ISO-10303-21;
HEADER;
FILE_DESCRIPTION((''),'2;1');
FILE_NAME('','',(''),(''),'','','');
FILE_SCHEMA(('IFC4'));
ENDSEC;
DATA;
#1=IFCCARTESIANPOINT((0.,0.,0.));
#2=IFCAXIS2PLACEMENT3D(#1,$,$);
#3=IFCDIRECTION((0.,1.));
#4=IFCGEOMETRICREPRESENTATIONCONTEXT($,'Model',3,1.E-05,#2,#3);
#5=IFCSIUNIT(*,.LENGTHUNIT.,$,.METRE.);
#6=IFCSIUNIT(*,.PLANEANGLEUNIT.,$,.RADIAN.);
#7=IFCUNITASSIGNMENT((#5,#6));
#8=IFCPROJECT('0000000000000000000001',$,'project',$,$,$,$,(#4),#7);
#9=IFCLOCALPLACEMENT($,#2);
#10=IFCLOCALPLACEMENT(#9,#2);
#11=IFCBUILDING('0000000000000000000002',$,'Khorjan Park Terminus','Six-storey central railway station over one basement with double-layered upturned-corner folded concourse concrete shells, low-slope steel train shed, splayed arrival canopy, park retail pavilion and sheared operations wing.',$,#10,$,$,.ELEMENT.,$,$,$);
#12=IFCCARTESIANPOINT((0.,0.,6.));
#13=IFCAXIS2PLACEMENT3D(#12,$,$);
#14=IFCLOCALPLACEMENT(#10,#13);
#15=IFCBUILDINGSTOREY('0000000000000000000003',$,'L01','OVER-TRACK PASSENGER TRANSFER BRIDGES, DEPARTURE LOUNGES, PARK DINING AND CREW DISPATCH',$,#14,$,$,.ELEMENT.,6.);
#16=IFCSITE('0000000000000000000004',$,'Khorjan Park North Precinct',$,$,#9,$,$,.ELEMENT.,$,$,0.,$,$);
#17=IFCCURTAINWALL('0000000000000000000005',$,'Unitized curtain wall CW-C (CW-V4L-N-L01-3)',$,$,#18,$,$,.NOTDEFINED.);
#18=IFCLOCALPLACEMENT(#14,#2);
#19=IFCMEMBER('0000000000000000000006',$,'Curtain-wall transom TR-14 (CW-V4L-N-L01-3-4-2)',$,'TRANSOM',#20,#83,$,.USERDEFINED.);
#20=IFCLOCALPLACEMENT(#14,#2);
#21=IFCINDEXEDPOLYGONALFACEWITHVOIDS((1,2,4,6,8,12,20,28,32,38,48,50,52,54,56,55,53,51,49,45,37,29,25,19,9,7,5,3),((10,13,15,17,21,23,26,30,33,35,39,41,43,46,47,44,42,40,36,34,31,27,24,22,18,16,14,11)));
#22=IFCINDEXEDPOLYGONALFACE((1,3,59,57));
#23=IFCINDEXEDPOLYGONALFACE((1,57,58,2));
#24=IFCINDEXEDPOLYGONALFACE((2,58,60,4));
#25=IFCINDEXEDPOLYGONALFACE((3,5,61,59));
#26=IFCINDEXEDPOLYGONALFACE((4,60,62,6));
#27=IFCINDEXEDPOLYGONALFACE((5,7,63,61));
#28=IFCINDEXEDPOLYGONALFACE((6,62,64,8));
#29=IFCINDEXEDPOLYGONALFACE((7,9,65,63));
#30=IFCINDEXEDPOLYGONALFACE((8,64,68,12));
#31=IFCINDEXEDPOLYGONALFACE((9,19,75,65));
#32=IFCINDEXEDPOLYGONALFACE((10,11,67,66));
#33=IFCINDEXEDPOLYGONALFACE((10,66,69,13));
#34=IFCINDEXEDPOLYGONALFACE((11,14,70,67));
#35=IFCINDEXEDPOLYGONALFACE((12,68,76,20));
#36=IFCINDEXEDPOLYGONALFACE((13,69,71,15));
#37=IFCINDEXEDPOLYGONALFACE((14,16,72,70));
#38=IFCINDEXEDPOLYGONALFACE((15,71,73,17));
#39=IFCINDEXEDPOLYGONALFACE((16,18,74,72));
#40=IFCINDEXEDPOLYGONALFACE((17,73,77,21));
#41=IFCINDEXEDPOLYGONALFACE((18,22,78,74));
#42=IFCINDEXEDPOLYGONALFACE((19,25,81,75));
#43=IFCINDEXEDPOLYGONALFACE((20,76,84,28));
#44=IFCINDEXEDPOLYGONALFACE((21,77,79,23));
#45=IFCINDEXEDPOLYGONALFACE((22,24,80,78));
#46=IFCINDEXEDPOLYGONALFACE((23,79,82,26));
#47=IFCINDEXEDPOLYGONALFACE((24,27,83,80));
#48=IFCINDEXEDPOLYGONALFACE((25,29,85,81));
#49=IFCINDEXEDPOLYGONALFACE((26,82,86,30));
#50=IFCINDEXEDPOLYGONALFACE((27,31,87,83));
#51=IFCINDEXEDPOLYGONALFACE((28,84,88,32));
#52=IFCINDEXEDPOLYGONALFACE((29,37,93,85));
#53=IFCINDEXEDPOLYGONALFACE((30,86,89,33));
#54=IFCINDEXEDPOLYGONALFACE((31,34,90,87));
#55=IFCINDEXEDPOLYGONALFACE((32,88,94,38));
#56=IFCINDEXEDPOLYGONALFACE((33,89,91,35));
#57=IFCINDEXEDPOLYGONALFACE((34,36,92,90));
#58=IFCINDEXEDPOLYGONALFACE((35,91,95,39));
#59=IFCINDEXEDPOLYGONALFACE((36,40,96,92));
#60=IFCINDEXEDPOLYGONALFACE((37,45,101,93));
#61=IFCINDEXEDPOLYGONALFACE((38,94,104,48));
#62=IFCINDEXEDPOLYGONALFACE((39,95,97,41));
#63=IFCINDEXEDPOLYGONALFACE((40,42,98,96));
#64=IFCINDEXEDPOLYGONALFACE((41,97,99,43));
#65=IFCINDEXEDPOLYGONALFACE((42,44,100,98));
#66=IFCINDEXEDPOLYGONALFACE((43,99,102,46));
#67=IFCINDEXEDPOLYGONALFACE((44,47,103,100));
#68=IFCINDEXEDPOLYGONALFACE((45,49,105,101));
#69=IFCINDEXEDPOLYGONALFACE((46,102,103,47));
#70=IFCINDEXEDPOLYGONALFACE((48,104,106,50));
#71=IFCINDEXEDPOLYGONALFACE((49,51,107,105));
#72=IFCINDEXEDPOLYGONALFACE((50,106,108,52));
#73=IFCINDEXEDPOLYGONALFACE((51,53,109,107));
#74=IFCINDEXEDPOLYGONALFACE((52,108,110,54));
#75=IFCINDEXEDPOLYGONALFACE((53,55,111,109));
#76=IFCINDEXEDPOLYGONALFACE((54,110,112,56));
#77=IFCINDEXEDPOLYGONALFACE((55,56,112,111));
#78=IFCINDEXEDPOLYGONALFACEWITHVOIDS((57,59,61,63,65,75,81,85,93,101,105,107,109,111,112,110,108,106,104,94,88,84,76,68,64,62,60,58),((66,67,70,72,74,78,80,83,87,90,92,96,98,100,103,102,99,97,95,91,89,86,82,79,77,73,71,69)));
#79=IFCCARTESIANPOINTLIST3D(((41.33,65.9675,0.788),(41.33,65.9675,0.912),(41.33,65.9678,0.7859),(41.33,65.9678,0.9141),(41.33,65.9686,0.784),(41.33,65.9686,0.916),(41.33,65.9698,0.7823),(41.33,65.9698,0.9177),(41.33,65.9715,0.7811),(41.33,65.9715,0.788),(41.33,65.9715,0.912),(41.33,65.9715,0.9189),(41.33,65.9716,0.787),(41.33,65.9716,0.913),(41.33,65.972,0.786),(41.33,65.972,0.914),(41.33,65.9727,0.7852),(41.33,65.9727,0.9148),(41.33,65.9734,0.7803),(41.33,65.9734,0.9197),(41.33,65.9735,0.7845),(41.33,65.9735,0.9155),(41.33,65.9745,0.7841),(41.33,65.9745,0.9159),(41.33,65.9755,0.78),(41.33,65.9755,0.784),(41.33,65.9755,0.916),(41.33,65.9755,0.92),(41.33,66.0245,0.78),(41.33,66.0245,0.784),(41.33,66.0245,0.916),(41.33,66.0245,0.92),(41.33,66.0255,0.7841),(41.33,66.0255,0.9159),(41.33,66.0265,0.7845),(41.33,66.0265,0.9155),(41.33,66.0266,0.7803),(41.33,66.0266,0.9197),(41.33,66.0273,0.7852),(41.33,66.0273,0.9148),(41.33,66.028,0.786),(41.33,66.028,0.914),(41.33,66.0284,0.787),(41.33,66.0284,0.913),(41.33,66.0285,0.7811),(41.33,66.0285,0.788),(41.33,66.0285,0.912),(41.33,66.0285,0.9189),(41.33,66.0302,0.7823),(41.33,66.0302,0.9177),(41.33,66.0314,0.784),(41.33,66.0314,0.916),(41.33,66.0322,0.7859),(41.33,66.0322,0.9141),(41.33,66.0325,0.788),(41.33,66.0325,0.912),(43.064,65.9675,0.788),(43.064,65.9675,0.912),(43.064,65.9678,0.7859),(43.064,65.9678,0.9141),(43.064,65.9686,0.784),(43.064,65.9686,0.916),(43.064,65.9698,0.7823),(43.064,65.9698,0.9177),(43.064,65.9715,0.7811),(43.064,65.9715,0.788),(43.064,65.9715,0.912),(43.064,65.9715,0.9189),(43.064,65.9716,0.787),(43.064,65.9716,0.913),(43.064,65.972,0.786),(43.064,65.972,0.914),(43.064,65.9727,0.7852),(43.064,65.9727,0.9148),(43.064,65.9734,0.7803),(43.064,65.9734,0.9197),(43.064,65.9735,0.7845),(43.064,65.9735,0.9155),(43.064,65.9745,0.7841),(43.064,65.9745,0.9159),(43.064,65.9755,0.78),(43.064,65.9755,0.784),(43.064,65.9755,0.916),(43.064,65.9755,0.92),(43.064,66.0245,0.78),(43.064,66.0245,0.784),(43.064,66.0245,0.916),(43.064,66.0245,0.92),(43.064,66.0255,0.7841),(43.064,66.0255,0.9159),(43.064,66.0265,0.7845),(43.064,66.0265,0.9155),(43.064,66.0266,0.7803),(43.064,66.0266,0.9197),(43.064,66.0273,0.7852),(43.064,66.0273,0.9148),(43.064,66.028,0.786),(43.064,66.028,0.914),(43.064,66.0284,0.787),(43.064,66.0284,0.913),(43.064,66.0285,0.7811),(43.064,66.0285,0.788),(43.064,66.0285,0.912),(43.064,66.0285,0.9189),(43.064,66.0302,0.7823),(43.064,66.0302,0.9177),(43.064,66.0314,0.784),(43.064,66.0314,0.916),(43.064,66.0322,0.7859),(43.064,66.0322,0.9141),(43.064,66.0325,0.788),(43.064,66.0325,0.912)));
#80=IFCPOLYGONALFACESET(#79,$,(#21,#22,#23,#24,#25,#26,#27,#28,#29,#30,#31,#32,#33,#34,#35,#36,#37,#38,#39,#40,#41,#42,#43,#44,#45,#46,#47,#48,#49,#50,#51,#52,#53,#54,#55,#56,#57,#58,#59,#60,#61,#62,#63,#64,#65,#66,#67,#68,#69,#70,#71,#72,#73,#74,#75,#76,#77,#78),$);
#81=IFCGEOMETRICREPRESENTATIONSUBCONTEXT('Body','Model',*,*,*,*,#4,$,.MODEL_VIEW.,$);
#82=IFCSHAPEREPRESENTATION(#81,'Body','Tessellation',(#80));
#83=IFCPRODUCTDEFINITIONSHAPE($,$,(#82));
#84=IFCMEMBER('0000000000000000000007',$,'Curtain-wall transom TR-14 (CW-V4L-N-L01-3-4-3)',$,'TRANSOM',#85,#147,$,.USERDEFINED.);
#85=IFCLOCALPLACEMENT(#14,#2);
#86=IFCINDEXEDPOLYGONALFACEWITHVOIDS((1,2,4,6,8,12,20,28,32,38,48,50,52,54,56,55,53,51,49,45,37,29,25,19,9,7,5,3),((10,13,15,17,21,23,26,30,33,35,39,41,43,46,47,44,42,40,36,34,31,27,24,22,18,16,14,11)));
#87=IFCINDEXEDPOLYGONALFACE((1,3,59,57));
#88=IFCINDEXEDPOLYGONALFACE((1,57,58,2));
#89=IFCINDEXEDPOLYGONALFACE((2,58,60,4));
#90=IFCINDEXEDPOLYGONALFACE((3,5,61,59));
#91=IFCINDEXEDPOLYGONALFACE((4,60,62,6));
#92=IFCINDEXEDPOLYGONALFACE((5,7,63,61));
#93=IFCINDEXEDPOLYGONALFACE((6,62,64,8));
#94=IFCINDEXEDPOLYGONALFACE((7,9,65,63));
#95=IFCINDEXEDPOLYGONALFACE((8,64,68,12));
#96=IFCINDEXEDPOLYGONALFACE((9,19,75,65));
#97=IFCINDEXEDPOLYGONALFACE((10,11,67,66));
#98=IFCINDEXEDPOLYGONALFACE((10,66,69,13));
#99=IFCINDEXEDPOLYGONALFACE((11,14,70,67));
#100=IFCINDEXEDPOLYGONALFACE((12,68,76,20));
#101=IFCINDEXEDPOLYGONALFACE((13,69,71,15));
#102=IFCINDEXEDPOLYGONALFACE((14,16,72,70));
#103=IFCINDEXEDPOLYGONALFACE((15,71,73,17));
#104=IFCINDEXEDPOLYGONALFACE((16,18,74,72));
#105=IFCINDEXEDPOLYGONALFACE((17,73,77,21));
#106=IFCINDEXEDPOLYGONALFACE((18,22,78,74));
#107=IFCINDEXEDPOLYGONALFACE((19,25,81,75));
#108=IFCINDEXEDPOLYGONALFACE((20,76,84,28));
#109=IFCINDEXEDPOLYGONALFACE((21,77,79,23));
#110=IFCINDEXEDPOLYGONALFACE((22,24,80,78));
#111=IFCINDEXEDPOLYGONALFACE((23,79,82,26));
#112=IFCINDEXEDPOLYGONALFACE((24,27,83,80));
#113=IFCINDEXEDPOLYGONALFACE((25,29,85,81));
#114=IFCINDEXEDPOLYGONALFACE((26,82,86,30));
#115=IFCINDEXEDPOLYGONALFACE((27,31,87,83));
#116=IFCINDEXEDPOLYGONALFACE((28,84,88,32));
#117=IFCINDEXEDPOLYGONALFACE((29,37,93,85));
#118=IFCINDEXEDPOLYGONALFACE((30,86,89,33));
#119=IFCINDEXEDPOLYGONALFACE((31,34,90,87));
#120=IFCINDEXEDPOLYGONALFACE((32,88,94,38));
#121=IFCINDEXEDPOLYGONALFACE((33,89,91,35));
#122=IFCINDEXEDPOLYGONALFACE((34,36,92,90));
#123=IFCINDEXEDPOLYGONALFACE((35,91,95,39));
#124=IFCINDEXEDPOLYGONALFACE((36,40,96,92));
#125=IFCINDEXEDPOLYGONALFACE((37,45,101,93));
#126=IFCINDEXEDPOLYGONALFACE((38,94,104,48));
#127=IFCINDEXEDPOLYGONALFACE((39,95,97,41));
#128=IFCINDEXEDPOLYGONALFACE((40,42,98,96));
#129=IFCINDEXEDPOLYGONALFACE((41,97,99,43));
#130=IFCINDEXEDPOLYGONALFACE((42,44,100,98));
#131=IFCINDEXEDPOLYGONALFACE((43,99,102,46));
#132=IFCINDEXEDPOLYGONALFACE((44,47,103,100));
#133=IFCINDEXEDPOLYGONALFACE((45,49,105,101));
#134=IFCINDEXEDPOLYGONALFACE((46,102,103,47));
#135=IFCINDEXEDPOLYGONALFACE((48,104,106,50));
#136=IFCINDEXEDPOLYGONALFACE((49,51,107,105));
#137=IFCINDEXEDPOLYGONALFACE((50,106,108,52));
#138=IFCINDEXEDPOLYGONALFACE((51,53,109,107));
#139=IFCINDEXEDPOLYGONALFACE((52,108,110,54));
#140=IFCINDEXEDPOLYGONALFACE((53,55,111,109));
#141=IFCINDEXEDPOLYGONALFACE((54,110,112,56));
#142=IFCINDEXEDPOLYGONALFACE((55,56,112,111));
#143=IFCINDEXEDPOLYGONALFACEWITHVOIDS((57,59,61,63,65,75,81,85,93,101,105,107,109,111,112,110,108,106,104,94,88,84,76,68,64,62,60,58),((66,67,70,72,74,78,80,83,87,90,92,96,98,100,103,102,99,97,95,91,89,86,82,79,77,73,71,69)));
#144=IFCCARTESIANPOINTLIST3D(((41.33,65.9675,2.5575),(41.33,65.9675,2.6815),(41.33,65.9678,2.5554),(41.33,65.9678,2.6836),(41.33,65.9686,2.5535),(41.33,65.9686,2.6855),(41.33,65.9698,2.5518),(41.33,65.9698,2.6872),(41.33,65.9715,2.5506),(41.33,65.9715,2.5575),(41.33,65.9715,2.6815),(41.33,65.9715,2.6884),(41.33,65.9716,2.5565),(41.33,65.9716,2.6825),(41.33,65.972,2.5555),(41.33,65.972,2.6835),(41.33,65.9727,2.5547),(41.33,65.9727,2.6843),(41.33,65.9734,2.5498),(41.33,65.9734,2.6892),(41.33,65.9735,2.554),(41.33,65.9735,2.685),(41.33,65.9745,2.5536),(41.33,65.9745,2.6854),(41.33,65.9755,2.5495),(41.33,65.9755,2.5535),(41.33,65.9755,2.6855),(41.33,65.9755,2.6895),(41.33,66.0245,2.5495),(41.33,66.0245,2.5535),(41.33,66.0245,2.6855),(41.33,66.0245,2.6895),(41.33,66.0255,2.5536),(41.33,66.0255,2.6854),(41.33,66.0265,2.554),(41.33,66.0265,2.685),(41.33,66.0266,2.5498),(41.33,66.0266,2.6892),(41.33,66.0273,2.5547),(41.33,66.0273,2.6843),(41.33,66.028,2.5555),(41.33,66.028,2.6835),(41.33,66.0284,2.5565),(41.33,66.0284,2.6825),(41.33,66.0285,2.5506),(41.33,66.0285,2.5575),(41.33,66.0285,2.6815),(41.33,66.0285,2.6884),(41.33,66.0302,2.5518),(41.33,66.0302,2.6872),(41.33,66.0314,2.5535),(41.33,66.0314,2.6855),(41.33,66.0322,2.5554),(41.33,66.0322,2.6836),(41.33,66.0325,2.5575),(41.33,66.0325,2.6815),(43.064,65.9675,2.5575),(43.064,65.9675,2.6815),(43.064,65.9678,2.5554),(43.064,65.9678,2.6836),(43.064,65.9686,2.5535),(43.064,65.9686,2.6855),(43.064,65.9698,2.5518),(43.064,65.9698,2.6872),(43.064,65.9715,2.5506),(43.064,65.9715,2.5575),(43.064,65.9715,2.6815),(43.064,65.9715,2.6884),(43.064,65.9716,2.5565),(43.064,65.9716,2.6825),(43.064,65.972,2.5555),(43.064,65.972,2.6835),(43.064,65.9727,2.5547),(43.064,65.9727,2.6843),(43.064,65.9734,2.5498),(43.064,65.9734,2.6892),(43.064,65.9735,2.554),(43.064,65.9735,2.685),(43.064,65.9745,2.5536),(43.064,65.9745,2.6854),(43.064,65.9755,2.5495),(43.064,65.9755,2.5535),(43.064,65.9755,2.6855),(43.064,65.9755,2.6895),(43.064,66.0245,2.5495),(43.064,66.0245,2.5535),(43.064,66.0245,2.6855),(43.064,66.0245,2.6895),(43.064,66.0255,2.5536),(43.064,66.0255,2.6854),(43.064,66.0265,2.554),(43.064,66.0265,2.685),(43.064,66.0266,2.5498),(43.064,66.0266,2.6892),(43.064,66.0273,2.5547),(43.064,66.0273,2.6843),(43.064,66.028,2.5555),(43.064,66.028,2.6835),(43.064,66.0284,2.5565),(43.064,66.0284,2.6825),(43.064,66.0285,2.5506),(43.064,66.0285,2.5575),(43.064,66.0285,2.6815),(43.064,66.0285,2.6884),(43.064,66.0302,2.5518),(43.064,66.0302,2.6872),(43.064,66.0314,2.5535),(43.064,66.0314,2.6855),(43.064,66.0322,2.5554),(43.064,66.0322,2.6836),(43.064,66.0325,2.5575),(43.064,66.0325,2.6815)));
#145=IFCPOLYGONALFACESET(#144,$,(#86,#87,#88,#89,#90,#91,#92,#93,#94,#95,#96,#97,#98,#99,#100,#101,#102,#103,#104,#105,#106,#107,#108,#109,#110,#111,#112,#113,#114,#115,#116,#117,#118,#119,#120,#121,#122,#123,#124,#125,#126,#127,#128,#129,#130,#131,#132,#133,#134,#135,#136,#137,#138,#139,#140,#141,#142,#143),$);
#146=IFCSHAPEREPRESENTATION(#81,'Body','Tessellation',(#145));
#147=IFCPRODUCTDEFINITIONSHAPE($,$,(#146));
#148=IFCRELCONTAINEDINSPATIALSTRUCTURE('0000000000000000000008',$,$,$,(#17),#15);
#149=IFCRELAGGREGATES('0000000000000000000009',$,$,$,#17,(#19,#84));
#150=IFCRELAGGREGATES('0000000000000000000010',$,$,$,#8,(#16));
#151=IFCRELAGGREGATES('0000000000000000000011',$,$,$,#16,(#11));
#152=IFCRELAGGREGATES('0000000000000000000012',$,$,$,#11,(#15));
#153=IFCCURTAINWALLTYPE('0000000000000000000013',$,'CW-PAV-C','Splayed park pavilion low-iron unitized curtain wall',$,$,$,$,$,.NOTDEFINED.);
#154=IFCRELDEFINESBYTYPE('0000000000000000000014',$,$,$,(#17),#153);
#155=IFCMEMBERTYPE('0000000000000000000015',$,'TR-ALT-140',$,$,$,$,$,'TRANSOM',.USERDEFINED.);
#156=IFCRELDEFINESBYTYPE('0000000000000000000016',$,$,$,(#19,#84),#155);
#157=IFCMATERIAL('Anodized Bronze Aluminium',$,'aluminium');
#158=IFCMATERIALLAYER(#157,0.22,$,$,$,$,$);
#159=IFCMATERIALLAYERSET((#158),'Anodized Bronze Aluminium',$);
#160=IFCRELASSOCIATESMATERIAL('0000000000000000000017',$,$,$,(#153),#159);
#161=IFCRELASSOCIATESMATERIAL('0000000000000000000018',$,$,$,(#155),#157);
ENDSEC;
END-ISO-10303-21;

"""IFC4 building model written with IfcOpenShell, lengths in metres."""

from ifc_helpers import new_model, si_unit, direction, frame, origin, origin_2d, place, context, subcontext, project, spatial, hollow_rectangle, extrude, material, layer, layer_set, material_profile, profile_set, type_object, element, aggregate, save


model = new_model("IFC4")

# Units and contexts
model_context = context("Model", 3, precision=1e-05, world=origin(), true_north=direction((0.0, 1.0)))
body_context = subcontext(model_context, "Body", "Model", "MODEL_VIEW")
ifc_project = project(units=[si_unit("LENGTHUNIT", "METRE"), si_unit("PLANEANGLEUNIT", "RADIAN")], contexts=[model_context])

# Site, building, storey
site_placement = place(None, origin())
site = spatial("IfcSite", under=ifc_project, at=site_placement, Name="Khorjan Park North Precinct", CompositionType="ELEMENT", RefElevation=0.0)
building_placement = place(site_placement, origin())
building = spatial("IfcBuilding", under=site, at=building_placement, Name="Khorjan Park Terminus", Description="Six-storey central railway station over one basement with double-layered upturned-corner folded concourse concrete shells, low-slope steel train shed, splayed arrival canopy, park retail pavilion and sheared operations wing.", CompositionType="ELEMENT")
storey_placement = place(building_placement, frame((0.0, 0.0, 6.0)))
storey = spatial("IfcBuildingStorey", under=building, at=storey_placement, Name="L01", Description="OVER-TRACK PASSENGER TRANSFER BRIDGES, DEPARTURE LOUNGES, PARK DINING AND CREW DISPATCH", CompositionType="ELEMENT", Elevation=6.0)

# Shared definitions
ifc_material_1 = material(Name="Anodized Bronze Aluminium", Category="aluminium")
ifc_layer_1 = layer(ifc_material_1, 0.22)
ifc_layer_set_1 = layer_set([ifc_layer_1], Name="Anodized Bronze Aluminium")
curtain_wall_type = type_object("IfcCurtainWallType", Name="CW-PAV-C", Description="Splayed park pavilion low-iron unitized curtain wall", PredefinedType="NOTDEFINED", material=ifc_layer_set_1)

# Curtain wall
curtain_wall_1_placement = place(storey_placement, origin())
curtain_wall_1 = element("IfcCurtainWall", 1, at=curtain_wall_1_placement, inside=storey, type_object=curtain_wall_type, Name="Unitized curtain wall CW-C (CW-V4L-N-L01-3)", PredefinedType="NOTDEFINED")

# Members
ifc_material_profile_1 = material_profile(ifc_material_1, hollow_rectangle(XDim=0.065, YDim=0.14, WallThickness=0.004, InnerFilletRadius=0.004, OuterFilletRadius=0.008, at=origin_2d()), Name="ALT 65x140x4")
ifc_profile_set_1 = profile_set([ifc_material_profile_1], Name="Anodized Bronze Aluminium")
member_type_1 = type_object("IfcMemberType", Name="TR-ALT-140", ElementType="TRANSOM", PredefinedType="USERDEFINED", material=ifc_profile_set_1)
member_1_placement = place(storey_placement, frame((43.064, 66.0, 0.85), z_axis=(-1.0, 0.0, 0.0), x_axis=(0.0, -1.0, 0.0)))
member_1 = element("IfcMember", 2, at=member_1_placement, type_object=member_type_1, Name="Curtain-wall transom TR-14 (CW-V4L-N-L01-3-4-2)", ObjectType="TRANSOM", PredefinedType="USERDEFINED", context=body_context, shape_type="SweptSolid", body=[
    extrude(hollow_rectangle(XDim=0.065, YDim=0.14, WallThickness=0.004, InnerFilletRadius=0.004, OuterFilletRadius=0.008, at=origin_2d()), origin(), (0.0, 0.0, 1.0), 1.734),
])
member_2_placement = place(storey_placement, frame((43.064, 66.0, 2.6195), z_axis=(-1.0, 0.0, 0.0), x_axis=(0.0, -1.0, 0.0)))
member_2 = element("IfcMember", 3, at=member_2_placement, type_object=member_type_1, Name="Curtain-wall transom TR-14 (CW-V4L-N-L01-3-4-3)", ObjectType="TRANSOM", PredefinedType="USERDEFINED", context=body_context, shape_type="SweptSolid", body=[
    extrude(hollow_rectangle(XDim=0.065, YDim=0.14, WallThickness=0.004, InnerFilletRadius=0.004, OuterFilletRadius=0.008, at=origin_2d()), origin(), (0.0, 0.0, 1.0), 1.734),
])

aggregate(curtain_wall_1, [member_1, member_2])

save(model, "model.ifc")
